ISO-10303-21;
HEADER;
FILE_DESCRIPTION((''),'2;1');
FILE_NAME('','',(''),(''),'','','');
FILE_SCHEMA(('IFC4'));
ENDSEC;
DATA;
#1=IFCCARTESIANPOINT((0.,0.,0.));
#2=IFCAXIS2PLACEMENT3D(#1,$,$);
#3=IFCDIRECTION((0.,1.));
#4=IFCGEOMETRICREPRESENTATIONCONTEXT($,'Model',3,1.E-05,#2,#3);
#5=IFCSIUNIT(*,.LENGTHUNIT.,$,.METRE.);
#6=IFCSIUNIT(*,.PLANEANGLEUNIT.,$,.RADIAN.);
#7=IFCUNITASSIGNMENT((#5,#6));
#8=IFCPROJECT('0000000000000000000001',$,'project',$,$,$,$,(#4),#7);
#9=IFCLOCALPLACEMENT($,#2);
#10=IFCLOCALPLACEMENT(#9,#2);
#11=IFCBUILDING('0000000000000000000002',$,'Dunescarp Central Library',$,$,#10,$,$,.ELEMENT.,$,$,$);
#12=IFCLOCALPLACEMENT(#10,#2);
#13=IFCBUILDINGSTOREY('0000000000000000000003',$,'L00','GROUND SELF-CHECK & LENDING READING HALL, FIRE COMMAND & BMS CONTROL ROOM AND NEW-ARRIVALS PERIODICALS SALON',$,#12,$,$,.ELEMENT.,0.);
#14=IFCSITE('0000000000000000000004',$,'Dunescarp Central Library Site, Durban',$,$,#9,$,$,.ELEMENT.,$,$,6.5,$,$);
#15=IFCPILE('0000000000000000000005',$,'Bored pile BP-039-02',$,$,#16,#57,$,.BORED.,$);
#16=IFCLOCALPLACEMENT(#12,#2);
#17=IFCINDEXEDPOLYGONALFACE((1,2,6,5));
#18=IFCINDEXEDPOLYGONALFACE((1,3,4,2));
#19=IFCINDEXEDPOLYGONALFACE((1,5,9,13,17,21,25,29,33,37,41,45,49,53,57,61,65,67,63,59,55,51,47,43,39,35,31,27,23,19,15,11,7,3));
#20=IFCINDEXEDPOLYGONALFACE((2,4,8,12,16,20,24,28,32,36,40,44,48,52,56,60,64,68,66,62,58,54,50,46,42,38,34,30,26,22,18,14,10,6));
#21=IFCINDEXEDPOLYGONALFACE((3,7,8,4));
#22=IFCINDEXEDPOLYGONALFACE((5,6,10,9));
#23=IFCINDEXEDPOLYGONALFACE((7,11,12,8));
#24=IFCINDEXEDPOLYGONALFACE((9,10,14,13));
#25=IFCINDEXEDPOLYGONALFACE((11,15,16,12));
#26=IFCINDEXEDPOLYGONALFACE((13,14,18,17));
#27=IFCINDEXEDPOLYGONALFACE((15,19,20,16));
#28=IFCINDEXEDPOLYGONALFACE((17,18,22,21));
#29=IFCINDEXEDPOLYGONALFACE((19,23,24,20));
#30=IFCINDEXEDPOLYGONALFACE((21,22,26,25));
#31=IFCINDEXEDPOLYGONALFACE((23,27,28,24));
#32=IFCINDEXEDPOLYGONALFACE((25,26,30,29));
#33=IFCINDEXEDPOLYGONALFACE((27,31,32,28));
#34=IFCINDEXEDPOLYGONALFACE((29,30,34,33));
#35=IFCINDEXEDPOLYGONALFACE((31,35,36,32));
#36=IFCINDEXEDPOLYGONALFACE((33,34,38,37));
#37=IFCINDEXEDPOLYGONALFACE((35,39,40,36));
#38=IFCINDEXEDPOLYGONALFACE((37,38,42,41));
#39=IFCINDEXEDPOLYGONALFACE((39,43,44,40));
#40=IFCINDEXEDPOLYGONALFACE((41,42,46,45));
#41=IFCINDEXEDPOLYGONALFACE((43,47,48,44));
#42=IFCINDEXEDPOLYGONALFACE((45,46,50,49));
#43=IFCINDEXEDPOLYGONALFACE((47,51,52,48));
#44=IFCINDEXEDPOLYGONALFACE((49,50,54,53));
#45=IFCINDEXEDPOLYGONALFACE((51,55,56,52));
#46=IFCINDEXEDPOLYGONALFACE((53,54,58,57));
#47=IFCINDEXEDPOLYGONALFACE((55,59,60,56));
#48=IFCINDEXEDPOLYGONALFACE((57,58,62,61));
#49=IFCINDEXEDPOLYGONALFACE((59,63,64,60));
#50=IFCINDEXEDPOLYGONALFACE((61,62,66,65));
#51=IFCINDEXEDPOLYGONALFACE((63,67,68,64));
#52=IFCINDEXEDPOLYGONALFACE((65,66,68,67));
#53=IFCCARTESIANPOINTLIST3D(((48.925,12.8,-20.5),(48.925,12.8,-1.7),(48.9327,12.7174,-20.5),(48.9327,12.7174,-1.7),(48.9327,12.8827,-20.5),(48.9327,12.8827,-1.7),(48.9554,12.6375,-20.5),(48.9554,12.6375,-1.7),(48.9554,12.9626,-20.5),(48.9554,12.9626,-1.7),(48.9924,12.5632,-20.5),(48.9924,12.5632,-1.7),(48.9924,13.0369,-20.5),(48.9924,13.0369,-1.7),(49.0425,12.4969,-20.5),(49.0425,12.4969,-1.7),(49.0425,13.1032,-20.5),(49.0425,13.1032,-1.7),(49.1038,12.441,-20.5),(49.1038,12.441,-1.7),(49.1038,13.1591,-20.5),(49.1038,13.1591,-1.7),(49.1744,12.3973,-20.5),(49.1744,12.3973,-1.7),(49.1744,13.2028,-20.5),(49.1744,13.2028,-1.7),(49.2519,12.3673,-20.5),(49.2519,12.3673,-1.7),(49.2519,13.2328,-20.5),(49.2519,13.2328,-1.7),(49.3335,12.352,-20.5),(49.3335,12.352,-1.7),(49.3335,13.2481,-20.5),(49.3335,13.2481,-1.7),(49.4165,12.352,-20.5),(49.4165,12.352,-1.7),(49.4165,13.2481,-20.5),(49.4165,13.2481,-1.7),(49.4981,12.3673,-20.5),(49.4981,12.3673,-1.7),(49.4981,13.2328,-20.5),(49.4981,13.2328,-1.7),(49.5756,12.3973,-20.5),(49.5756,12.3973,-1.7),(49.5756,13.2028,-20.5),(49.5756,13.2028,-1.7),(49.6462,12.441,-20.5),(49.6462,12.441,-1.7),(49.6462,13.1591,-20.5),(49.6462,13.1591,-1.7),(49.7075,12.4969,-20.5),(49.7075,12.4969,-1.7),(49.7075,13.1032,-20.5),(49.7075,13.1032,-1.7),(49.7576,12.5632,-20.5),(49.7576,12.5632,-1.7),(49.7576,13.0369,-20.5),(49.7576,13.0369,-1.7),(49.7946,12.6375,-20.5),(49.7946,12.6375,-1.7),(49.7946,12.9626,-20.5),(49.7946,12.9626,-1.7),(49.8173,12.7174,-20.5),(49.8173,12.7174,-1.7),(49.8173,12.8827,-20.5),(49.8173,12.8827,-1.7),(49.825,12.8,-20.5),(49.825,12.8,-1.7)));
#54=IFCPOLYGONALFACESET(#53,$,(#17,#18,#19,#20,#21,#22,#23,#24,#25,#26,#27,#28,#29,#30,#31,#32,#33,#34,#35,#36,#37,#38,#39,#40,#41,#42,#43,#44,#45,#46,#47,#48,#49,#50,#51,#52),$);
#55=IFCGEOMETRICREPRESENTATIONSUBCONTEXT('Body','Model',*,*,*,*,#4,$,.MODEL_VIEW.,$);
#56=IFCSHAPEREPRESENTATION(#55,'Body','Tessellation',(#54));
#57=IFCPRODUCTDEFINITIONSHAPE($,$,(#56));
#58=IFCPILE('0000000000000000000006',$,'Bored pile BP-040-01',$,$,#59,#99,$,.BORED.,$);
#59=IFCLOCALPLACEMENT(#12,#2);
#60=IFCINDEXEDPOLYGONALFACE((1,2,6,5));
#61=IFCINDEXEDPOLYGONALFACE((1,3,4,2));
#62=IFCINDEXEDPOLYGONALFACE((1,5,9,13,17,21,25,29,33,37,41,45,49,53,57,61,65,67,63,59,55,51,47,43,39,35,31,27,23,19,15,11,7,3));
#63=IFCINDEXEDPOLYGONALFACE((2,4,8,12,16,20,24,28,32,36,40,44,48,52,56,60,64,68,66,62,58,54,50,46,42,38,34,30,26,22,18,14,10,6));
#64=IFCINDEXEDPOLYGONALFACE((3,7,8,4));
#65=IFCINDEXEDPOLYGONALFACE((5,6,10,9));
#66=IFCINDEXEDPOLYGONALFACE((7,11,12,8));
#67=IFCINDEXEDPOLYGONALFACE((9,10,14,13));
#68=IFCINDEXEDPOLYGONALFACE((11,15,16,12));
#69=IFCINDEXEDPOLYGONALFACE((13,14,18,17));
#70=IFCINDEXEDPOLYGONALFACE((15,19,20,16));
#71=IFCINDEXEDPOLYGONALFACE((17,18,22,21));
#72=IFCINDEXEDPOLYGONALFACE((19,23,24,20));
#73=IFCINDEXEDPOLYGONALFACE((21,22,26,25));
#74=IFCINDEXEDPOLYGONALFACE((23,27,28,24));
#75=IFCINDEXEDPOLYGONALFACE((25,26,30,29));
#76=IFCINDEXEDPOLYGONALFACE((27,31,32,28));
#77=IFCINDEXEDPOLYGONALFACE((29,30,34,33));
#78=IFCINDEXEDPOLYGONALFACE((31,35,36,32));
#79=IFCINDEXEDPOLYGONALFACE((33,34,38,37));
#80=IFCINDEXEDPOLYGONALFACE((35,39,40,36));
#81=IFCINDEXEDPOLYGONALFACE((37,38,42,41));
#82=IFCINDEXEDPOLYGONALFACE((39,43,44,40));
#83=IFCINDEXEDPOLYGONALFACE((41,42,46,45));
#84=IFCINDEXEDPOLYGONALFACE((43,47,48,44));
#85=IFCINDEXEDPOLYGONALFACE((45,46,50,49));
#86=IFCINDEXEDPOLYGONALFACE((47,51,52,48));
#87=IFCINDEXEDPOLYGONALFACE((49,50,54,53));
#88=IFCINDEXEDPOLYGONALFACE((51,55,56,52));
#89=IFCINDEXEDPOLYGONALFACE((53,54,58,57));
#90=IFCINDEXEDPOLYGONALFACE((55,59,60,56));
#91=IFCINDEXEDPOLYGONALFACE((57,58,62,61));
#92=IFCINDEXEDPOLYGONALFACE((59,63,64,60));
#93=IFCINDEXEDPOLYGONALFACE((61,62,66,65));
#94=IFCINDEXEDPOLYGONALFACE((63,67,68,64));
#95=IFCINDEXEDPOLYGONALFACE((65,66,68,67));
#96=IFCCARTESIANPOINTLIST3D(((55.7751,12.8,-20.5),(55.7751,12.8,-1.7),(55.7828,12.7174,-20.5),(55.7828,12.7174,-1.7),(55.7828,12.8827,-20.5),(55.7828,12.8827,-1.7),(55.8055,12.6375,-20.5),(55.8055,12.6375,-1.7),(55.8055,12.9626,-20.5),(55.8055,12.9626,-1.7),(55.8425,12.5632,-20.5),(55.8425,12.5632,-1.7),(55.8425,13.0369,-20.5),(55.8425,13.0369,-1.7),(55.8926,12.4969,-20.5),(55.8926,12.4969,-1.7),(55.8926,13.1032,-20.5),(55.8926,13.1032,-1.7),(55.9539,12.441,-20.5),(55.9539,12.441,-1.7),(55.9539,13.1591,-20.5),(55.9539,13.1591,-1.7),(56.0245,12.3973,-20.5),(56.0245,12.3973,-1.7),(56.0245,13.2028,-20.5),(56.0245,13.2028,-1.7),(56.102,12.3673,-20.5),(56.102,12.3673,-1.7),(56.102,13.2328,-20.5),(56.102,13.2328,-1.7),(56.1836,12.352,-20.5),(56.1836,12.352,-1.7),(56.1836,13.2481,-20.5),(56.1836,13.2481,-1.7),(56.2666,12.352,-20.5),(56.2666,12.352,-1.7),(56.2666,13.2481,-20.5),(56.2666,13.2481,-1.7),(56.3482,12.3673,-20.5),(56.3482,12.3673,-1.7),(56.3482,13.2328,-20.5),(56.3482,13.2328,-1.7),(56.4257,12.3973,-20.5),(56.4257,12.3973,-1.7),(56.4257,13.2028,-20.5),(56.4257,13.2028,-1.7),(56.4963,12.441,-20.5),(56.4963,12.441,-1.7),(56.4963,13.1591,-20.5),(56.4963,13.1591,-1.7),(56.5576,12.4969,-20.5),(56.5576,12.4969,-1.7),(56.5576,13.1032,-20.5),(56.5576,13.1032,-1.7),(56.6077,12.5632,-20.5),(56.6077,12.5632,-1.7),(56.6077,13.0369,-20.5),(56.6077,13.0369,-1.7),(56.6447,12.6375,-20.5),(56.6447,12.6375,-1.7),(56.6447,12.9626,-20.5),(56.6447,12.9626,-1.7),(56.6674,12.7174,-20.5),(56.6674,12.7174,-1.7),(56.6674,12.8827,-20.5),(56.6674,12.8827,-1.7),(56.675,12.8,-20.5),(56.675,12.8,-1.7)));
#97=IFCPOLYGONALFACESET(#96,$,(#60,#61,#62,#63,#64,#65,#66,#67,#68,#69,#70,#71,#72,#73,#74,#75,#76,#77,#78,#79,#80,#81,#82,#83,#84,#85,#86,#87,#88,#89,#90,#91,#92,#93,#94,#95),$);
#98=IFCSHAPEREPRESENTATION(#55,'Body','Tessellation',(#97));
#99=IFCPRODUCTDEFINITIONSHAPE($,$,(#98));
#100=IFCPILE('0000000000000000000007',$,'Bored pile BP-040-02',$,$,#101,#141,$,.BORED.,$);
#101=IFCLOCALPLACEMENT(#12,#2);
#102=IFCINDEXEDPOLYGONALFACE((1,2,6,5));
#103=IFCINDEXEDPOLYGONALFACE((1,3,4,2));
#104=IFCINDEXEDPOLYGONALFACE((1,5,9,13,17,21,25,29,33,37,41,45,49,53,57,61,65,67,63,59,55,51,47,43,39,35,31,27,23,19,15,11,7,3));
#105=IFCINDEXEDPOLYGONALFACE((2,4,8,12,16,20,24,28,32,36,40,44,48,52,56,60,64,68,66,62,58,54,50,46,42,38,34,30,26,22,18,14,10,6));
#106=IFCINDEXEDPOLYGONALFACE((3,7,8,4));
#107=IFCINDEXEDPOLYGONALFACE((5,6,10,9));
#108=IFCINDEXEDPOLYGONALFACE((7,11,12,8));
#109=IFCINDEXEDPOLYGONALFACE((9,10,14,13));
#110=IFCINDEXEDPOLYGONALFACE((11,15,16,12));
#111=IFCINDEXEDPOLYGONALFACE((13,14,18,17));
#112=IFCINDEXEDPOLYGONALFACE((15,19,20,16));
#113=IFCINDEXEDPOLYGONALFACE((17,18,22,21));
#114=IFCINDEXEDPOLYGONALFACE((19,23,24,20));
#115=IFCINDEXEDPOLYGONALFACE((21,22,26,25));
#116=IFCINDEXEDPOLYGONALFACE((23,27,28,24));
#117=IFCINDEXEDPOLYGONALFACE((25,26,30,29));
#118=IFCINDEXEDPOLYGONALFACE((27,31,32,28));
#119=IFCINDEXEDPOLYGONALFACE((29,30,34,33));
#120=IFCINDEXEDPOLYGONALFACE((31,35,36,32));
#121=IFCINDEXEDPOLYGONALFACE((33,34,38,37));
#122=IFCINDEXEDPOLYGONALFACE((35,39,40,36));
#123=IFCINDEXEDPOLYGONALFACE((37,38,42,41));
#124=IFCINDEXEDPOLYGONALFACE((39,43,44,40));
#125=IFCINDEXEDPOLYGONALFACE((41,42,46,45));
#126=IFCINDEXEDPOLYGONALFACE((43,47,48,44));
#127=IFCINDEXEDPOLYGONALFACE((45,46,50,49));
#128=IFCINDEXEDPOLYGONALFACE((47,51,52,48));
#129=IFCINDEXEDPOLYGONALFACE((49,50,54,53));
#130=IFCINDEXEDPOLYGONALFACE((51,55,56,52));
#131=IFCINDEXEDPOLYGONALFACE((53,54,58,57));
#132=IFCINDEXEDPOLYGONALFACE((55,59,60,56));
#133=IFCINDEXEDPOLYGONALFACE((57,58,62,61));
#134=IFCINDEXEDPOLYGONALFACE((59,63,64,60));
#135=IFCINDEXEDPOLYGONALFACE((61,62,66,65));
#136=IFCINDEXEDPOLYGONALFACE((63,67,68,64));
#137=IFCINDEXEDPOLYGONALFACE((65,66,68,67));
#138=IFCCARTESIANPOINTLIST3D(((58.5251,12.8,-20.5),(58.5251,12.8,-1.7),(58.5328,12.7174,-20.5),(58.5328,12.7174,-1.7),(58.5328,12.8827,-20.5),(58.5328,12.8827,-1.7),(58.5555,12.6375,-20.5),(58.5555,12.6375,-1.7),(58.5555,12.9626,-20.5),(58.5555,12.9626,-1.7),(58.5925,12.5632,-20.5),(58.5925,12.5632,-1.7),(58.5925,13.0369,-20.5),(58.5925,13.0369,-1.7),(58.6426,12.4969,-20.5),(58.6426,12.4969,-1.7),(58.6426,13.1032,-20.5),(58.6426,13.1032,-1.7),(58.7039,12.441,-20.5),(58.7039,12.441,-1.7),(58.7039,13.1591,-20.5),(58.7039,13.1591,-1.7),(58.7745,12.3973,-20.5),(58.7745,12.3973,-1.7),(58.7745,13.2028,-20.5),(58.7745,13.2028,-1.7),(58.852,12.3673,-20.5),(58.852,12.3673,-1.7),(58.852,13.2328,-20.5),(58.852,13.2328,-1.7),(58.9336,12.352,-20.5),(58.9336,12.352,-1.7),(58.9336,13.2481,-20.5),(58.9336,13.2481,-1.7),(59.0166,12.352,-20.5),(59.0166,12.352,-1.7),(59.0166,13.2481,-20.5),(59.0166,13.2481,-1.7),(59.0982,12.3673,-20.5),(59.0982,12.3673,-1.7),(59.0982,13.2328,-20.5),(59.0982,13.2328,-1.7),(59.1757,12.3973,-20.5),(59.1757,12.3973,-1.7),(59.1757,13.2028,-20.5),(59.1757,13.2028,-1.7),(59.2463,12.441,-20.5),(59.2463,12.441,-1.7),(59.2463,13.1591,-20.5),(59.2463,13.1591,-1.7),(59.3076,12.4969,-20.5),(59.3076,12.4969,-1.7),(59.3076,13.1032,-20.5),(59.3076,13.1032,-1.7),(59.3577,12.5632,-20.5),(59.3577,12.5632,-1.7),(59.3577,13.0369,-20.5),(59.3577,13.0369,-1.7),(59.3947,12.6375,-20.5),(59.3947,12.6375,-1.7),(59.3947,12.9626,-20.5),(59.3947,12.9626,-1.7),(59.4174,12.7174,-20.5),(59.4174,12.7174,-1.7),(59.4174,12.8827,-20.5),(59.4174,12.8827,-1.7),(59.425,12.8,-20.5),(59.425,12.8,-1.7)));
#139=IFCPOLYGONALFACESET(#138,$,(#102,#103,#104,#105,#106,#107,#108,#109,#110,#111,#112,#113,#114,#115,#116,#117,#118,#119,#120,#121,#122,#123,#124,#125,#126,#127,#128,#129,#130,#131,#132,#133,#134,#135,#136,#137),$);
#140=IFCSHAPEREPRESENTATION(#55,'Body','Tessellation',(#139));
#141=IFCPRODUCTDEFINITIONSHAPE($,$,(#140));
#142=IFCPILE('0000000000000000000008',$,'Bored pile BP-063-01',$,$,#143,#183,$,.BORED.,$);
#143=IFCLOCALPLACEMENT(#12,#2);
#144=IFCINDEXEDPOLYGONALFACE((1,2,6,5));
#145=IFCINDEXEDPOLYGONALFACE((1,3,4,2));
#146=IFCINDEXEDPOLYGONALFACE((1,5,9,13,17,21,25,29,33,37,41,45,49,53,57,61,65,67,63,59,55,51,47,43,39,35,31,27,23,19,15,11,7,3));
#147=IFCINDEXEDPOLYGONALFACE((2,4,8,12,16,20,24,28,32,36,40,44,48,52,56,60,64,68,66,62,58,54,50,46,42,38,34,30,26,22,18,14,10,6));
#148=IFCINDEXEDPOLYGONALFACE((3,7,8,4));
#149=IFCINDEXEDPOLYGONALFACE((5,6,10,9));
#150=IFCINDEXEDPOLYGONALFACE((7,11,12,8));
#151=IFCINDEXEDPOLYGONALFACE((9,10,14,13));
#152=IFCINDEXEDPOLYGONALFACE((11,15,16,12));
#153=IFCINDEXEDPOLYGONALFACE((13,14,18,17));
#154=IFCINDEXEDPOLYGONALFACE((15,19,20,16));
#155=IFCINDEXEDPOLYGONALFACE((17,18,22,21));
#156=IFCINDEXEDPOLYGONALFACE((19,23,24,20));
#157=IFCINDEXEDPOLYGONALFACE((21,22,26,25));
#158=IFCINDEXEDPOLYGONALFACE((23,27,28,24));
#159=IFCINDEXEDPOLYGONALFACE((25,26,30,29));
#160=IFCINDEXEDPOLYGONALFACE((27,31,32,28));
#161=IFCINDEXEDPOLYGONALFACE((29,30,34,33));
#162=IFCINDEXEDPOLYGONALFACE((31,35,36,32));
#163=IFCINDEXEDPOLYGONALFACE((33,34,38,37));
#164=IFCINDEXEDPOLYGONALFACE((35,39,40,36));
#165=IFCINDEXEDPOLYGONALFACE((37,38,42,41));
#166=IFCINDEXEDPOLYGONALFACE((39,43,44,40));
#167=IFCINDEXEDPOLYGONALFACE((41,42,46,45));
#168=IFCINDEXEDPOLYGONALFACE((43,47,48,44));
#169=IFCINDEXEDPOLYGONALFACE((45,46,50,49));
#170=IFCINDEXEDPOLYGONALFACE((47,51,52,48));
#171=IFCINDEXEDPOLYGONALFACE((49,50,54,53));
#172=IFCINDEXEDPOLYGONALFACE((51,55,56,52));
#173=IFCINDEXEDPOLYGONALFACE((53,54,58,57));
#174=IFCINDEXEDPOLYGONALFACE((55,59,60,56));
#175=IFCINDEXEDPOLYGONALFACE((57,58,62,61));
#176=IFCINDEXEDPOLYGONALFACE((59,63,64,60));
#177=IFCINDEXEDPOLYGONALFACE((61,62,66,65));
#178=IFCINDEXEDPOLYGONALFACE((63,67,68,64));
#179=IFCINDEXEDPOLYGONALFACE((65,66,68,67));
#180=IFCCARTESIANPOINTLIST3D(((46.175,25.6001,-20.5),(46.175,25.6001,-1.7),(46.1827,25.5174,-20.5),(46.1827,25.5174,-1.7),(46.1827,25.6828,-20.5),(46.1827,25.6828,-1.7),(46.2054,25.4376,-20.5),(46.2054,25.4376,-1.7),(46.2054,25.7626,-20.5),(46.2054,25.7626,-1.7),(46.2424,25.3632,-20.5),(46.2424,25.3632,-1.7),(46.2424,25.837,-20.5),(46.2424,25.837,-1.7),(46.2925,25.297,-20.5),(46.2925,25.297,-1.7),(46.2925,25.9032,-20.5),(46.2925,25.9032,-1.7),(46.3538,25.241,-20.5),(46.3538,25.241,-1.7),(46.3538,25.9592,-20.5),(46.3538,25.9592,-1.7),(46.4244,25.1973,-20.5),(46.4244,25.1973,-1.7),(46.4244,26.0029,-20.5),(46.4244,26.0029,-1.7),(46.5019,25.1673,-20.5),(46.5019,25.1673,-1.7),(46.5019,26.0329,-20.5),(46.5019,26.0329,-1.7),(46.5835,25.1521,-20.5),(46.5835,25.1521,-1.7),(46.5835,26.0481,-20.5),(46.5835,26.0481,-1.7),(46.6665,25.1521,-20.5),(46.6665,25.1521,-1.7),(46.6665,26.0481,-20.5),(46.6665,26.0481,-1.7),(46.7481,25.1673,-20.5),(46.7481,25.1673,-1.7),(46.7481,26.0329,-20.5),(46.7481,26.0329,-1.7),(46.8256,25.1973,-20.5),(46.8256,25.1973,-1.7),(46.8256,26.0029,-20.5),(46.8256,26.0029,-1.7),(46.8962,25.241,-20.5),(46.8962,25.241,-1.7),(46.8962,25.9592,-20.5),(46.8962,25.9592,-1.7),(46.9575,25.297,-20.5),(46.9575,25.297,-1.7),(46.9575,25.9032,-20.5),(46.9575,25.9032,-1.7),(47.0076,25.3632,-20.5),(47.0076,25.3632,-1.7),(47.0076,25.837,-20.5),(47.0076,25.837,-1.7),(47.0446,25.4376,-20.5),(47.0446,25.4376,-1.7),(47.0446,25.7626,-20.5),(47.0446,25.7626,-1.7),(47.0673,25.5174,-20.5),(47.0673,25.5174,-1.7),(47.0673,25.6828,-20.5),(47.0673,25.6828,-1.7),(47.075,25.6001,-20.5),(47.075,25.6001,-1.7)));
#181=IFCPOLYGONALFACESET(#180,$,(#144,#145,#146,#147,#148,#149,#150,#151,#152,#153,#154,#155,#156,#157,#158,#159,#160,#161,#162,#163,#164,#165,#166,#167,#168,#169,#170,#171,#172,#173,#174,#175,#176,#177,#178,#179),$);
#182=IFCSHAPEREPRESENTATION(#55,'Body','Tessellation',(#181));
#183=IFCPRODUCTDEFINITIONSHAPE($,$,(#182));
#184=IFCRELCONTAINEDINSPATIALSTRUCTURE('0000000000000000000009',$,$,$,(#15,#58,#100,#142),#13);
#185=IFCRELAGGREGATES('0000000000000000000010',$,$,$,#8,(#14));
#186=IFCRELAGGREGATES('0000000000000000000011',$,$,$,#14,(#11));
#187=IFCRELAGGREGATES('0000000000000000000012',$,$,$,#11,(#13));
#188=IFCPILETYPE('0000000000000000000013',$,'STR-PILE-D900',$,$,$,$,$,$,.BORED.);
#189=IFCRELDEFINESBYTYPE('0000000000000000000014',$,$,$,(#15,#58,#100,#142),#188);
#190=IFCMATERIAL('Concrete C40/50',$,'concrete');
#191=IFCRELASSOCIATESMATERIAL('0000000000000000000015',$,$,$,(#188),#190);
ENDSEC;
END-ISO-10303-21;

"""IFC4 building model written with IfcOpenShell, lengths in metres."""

from ifc_helpers import new_model, si_unit, direction, frame, origin, origin_2d, place, context, subcontext, project, spatial, circle, extrude, material, material_profile, profile_set, type_object, element, save


model = new_model("IFC4")

# Units and contexts
model_context = context("Model", 3, precision=1e-05, world=origin(), true_north=direction((0.0, 1.0)))
body_context = subcontext(model_context, "Body", "Model", "MODEL_VIEW")
ifc_project = project(units=[si_unit("LENGTHUNIT", "METRE"), si_unit("PLANEANGLEUNIT", "RADIAN")], contexts=[model_context])

# Site, building, storey
site_placement = place(None, origin())
site = spatial("IfcSite", under=ifc_project, at=site_placement, Name="Dunescarp Central Library Site, Durban", CompositionType="ELEMENT", RefElevation=6.5)
building_placement = place(site_placement, origin())
building = spatial("IfcBuilding", under=site, at=building_placement, Name="Dunescarp Central Library", CompositionType="ELEMENT")
storey_placement = place(building_placement, origin())
storey = spatial("IfcBuildingStorey", under=building, at=storey_placement, Name="L00", Description="GROUND SELF-CHECK & LENDING READING HALL, FIRE COMMAND & BMS CONTROL ROOM AND NEW-ARRIVALS PERIODICALS SALON", CompositionType="ELEMENT", Elevation=0.0)

# Shared definitions
ifc_material_1 = material(Name="Concrete C40/50", Category="concrete")

# Piles
ifc_material_profile_1 = material_profile(ifc_material_1, circle(Radius=0.45, at=origin_2d()), Name="PILE D900")
ifc_profile_set_1 = profile_set([ifc_material_profile_1], Name="Concrete C40/50")
pile_type = type_object("IfcPileType", Name="STR-PILE-D900", PredefinedType="BORED", material=ifc_profile_set_1)
for number, where, z_axis, x_axis, name in (
    (1, (49.375, 12.8, -1.7), (0.0, 0.0, -1.0), (1.0, 0.0, 0.0), "Bored pile BP-039-02"),
    (2, (56.2251, 12.8, -1.7), (0.0, 0.0, -1.0), (1.0, 0.0, 0.0), "Bored pile BP-040-01"),
    (3, (58.9751, 12.8, -1.7), (0.0, 0.0, -1.0), (1.0, 0.0, 0.0), "Bored pile BP-040-02"),
    (4, (46.625, 25.6001, -1.7), (0.0, 0.0, -1.0), (1.0, 0.0, 0.0), "Bored pile BP-063-01"),
):
    element("IfcPile", number, at=place(storey_placement, frame(where, z_axis=z_axis, x_axis=x_axis)), inside=storey, type_object=pile_type, Name=name, PredefinedType="BORED", context=body_context, shape_type="SweptSolid", body=[
        extrude(circle(Radius=0.45, at=origin_2d()), origin(), (0.0, 0.0, 1.0), 18.8),
    ])

save(model, "model.ifc")
